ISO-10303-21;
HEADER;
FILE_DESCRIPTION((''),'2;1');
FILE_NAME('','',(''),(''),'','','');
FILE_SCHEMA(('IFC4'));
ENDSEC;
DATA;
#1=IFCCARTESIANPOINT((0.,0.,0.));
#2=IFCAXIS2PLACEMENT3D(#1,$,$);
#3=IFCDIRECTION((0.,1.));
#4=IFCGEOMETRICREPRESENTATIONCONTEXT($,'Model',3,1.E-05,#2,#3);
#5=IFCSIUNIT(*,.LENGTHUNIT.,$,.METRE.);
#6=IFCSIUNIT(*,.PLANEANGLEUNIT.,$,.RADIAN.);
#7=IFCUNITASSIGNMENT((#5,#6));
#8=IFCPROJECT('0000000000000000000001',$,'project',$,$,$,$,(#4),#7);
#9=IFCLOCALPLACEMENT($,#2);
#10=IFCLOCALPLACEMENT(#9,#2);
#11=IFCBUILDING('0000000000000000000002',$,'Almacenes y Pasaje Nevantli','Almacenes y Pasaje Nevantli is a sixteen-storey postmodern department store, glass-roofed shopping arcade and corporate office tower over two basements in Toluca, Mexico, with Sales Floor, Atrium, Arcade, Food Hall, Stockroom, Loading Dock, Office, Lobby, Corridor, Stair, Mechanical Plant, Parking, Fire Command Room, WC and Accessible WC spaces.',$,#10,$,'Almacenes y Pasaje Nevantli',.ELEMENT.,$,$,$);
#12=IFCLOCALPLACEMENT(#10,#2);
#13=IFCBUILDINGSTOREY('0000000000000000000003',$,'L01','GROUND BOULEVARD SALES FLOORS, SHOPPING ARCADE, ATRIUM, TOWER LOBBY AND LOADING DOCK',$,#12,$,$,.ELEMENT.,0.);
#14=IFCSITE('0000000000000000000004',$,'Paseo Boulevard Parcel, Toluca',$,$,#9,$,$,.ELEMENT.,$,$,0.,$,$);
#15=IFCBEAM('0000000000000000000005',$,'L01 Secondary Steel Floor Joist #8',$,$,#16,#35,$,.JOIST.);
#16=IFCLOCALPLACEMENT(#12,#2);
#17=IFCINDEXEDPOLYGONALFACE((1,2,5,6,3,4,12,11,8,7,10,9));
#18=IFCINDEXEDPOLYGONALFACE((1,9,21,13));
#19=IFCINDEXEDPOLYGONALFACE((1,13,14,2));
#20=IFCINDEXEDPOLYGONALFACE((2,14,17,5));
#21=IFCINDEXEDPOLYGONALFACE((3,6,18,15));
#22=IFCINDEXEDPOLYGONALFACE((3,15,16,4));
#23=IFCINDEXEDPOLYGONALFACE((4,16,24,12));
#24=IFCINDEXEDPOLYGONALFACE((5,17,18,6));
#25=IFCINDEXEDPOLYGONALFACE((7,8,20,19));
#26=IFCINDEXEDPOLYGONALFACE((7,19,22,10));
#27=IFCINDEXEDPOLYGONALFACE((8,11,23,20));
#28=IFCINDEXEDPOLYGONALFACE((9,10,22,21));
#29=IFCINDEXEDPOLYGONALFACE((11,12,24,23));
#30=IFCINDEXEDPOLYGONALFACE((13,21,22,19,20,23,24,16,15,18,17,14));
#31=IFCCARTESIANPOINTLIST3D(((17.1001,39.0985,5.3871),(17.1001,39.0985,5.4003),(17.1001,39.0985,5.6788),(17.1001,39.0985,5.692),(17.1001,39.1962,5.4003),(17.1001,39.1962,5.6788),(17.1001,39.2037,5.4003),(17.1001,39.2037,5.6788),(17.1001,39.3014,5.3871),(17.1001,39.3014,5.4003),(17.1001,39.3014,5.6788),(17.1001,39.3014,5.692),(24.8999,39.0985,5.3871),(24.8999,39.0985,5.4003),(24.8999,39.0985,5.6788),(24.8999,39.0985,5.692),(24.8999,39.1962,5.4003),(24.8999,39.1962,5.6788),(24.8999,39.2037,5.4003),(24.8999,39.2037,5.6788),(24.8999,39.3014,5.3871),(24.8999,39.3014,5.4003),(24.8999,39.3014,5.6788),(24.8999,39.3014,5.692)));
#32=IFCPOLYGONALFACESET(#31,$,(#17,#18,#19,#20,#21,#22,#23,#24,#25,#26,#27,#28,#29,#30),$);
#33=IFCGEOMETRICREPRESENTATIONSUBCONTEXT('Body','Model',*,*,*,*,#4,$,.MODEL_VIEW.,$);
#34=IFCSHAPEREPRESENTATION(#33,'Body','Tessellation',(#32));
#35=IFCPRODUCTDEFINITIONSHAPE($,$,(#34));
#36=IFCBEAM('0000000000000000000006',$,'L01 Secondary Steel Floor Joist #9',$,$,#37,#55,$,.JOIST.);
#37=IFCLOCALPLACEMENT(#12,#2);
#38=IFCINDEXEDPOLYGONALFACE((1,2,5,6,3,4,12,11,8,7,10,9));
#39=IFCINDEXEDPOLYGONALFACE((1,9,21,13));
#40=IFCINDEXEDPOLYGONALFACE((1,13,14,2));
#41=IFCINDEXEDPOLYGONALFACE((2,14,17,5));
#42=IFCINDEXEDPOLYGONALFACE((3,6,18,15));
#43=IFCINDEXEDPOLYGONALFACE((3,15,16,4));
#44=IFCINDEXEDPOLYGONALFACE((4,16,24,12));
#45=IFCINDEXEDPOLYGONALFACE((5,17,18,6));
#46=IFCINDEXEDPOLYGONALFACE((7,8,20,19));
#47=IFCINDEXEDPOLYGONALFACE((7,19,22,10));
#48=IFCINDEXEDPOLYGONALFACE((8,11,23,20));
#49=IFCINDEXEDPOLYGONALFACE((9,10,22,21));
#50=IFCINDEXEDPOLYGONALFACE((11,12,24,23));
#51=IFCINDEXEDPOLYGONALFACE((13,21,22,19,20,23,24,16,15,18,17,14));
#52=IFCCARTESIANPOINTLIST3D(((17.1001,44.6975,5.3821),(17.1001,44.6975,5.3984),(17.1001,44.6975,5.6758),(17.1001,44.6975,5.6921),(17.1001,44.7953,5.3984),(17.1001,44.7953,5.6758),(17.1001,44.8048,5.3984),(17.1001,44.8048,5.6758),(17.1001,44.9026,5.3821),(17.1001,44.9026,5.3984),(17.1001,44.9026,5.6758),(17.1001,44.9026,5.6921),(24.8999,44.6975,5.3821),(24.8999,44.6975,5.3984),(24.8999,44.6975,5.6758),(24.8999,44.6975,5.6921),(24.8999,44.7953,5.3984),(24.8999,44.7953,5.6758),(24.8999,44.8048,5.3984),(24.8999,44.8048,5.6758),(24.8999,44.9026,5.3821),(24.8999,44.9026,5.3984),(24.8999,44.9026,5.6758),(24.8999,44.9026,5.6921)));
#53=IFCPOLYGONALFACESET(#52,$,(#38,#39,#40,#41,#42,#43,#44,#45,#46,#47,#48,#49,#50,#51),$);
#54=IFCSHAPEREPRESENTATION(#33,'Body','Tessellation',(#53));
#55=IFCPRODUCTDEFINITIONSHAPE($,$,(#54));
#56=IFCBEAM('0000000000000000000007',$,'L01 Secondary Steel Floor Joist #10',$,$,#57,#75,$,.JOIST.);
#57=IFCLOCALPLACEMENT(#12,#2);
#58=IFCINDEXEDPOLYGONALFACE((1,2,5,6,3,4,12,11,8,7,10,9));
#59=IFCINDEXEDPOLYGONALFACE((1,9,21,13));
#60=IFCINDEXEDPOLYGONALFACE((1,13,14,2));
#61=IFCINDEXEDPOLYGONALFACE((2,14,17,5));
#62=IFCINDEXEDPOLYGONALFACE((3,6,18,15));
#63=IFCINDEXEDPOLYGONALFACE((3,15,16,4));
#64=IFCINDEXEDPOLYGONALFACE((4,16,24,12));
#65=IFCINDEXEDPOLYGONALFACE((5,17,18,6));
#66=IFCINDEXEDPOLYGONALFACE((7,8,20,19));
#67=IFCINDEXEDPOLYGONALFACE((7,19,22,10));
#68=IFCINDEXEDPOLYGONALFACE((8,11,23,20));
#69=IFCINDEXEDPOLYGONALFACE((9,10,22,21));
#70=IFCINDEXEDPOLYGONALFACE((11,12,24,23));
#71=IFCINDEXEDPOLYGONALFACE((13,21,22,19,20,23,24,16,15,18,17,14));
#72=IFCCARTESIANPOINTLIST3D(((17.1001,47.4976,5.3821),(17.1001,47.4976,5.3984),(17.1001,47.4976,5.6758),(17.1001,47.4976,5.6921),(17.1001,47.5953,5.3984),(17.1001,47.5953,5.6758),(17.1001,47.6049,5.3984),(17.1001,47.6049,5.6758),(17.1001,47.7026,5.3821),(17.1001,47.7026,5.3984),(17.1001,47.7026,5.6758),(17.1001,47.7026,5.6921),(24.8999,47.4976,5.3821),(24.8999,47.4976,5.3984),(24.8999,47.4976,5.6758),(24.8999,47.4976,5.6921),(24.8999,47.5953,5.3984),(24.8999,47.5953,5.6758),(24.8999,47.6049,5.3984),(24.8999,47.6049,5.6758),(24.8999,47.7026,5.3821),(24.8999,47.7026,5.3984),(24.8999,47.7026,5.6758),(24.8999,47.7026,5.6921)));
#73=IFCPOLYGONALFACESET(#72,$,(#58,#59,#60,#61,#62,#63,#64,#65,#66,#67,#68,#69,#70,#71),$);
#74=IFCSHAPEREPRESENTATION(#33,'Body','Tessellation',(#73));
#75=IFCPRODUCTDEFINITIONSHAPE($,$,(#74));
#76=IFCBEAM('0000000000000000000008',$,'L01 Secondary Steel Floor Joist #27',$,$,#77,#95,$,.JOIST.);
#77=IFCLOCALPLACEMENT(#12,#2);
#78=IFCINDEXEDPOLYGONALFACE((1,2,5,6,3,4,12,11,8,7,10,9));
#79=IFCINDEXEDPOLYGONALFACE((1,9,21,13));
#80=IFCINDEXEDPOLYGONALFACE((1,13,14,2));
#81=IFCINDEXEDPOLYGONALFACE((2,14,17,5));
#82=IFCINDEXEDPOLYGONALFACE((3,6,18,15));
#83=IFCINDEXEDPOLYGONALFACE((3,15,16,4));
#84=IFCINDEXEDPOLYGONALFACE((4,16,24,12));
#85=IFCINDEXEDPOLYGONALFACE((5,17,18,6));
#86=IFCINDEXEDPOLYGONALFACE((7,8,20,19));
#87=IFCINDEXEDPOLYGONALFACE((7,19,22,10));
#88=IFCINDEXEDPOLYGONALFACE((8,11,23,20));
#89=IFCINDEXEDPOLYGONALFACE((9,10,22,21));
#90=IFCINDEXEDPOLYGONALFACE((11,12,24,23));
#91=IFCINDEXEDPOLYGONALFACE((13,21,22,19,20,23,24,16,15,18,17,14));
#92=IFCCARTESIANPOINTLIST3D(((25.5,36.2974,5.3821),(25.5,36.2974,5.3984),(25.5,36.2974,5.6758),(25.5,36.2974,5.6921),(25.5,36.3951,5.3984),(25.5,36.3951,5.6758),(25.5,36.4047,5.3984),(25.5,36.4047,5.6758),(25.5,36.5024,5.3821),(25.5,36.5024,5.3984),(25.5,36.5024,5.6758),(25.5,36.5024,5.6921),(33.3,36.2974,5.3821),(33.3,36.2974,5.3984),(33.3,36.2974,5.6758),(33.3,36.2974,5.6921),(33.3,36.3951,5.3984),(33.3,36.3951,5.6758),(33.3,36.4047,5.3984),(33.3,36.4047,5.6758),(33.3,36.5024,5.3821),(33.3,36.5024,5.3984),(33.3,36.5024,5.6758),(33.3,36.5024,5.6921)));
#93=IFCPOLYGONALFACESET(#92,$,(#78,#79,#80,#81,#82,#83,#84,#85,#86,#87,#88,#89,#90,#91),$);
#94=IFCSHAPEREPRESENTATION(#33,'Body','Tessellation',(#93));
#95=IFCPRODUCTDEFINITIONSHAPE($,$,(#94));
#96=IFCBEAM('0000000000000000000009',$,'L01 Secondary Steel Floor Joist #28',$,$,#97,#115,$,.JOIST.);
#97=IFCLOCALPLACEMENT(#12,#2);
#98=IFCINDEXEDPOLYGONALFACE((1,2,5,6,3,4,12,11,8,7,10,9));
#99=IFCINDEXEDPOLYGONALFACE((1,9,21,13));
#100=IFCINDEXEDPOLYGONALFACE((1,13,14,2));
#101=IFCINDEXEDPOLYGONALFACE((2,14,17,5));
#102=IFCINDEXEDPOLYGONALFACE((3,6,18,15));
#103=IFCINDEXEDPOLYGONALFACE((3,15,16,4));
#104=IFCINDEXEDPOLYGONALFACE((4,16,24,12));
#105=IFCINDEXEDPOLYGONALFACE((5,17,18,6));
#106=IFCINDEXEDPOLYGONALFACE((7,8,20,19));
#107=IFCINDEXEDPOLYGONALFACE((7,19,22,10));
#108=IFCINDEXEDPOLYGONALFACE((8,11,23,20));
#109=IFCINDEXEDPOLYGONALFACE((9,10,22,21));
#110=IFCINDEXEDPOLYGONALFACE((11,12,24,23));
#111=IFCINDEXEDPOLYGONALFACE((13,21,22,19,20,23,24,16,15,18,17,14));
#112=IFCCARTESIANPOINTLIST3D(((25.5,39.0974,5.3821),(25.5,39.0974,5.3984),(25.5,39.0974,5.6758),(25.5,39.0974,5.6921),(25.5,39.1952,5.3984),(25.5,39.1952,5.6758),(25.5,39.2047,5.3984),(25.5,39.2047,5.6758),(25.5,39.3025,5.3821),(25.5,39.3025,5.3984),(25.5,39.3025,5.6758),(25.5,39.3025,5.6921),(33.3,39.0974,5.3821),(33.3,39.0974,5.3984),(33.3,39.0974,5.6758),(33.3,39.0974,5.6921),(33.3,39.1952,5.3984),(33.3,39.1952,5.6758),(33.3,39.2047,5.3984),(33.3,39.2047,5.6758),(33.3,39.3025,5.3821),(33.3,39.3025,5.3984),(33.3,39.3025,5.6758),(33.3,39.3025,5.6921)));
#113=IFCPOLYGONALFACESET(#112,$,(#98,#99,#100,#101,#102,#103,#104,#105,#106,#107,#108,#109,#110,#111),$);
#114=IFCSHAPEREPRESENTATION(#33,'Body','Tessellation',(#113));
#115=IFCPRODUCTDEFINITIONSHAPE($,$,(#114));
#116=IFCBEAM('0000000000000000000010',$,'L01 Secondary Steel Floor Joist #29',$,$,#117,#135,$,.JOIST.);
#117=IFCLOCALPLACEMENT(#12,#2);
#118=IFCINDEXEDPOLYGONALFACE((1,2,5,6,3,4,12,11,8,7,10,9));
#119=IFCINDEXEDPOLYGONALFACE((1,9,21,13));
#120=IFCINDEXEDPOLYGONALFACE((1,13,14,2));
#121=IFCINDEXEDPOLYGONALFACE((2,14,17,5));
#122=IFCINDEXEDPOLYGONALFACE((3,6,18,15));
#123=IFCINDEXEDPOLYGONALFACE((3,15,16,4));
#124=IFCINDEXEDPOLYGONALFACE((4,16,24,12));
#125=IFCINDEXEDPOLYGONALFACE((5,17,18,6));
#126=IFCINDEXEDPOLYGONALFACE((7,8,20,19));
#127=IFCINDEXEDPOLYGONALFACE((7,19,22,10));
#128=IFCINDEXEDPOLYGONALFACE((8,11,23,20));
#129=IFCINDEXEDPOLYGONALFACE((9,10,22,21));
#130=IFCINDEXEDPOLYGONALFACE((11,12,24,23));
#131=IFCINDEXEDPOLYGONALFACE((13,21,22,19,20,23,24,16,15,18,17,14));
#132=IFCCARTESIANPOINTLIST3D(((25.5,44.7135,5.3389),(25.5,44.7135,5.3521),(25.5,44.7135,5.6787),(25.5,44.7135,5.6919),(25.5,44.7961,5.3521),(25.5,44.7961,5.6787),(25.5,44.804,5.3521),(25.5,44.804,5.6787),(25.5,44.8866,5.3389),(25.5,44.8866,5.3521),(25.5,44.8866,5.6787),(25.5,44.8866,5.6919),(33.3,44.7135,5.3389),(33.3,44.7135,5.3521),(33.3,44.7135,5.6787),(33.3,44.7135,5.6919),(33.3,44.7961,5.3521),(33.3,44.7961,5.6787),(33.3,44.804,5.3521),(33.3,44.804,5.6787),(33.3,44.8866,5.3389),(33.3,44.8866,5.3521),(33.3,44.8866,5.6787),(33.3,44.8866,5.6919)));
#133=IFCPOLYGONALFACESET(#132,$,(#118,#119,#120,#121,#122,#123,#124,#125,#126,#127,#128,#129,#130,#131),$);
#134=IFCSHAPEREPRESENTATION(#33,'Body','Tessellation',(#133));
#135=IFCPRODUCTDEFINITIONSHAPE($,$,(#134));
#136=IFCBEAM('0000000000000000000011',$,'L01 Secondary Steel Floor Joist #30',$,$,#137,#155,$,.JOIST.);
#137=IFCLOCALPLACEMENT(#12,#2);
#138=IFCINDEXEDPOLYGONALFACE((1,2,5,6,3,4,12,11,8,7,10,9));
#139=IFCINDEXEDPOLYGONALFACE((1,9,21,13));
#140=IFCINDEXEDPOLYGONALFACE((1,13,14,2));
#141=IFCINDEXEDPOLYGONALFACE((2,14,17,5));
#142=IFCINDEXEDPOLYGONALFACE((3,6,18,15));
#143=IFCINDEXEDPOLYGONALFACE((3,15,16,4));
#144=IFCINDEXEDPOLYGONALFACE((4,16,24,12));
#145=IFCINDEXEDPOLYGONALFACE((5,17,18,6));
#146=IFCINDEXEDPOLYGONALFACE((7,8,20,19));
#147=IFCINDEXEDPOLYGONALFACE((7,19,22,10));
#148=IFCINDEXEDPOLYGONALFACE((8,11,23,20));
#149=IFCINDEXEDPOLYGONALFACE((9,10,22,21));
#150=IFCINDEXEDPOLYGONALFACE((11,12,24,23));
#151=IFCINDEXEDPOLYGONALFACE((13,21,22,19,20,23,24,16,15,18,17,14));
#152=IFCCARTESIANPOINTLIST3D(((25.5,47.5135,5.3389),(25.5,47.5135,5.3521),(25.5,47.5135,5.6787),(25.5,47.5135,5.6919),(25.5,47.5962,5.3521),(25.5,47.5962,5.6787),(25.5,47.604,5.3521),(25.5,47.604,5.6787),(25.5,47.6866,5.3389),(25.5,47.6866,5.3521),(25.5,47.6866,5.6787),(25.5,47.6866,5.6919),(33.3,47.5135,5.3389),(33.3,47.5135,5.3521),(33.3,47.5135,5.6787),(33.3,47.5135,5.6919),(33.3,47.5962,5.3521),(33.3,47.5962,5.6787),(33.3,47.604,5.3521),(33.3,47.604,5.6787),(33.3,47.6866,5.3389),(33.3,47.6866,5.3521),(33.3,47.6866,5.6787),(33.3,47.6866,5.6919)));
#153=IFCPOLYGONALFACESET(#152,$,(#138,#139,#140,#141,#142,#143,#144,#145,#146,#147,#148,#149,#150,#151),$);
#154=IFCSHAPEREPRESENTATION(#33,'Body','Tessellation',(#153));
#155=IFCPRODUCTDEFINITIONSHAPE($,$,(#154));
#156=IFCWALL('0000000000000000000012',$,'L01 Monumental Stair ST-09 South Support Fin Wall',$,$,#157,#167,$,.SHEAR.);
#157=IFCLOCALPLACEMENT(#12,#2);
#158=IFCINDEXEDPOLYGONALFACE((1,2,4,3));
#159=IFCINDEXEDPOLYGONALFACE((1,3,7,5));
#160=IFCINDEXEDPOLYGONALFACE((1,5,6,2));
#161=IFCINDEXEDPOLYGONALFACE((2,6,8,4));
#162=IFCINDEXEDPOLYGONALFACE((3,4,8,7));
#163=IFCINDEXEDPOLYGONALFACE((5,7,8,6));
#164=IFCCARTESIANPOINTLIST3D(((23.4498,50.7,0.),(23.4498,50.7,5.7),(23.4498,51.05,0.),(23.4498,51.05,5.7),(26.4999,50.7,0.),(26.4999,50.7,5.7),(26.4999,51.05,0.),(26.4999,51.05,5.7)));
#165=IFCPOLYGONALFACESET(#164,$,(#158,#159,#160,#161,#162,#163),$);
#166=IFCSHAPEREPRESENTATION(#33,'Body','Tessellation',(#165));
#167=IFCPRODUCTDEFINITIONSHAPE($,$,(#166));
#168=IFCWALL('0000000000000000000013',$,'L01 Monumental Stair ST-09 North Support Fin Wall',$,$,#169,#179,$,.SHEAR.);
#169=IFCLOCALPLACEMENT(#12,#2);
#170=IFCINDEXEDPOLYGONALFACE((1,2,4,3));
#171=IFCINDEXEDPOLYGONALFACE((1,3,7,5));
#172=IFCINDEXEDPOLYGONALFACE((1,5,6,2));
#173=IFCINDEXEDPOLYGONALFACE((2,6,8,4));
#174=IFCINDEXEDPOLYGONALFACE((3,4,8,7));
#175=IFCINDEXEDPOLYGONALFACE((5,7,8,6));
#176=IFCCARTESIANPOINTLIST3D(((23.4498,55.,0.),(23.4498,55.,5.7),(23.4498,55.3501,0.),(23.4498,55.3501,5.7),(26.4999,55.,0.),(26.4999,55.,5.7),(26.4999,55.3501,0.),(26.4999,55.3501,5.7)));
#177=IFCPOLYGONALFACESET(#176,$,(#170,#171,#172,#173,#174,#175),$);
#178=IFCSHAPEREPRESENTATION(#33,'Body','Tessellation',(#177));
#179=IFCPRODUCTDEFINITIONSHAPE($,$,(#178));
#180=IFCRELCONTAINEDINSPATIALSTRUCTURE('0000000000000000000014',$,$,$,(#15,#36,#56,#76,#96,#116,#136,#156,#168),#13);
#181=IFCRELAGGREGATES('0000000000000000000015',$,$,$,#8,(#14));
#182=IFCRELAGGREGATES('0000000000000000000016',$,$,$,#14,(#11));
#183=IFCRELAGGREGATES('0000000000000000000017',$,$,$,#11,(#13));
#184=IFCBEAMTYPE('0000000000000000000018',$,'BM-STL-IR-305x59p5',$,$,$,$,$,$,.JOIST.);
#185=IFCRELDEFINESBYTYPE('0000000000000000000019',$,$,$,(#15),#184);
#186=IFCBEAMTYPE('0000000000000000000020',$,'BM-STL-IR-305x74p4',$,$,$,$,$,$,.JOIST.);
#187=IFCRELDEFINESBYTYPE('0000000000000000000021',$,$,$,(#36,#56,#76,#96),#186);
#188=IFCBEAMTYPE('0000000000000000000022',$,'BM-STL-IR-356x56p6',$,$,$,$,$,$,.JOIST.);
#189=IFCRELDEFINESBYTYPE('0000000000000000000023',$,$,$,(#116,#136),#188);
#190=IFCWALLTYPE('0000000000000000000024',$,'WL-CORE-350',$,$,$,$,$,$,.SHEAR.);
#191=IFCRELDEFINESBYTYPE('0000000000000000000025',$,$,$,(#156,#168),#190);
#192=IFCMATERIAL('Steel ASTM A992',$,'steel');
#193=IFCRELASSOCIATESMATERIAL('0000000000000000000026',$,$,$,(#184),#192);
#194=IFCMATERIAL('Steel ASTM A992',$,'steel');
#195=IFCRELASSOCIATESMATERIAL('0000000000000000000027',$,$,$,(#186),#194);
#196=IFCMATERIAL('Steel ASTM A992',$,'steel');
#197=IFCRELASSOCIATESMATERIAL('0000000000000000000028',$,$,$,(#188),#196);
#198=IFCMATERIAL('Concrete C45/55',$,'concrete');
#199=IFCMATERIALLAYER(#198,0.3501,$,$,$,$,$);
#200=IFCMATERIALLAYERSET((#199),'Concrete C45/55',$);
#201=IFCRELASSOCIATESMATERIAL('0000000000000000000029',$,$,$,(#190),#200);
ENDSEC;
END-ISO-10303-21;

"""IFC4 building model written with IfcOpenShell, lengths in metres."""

from ifc_helpers import new_model, si_unit, direction, frame, frame_2d, origin, origin_2d, place, context, subcontext, project, spatial, rectangle, i_section, extrude, material, layer, layer_set, material_profile, profile_set, type_object, element, save


model = new_model("IFC4")

# Units and contexts
model_context = context("Model", 3, precision=1e-05, world=origin(), true_north=direction((0.0, 1.0)))
body_context = subcontext(model_context, "Body", "Model", "MODEL_VIEW")
ifc_project = project(units=[si_unit("LENGTHUNIT", "METRE"), si_unit("PLANEANGLEUNIT", "RADIAN")], contexts=[model_context])

# Site, building, storey
site_placement = place(None, origin())
site = spatial("IfcSite", under=ifc_project, at=site_placement, Name="Paseo Boulevard Parcel, Toluca", CompositionType="ELEMENT", RefElevation=0.0)
building_placement = place(site_placement, origin())
building = spatial("IfcBuilding", under=site, at=building_placement, Name="Almacenes y Pasaje Nevantli", Description="Almacenes y Pasaje Nevantli is a sixteen-storey postmodern department store, glass-roofed shopping arcade and corporate office tower over two basements in Toluca, Mexico, with Sales Floor, Atrium, Arcade, Food Hall, Stockroom, Loading Dock, Office, Lobby, Corridor, Stair, Mechanical Plant, Parking, Fire Command Room, WC and Accessible WC spaces.", LongName="Almacenes y Pasaje Nevantli", CompositionType="ELEMENT")
storey_placement = place(building_placement, origin())
storey = spatial("IfcBuildingStorey", under=building, at=storey_placement, Name="L01", Description="GROUND BOULEVARD SALES FLOORS, SHOPPING ARCADE, ATRIUM, TOWER LOBBY AND LOADING DOCK", CompositionType="ELEMENT", Elevation=0.0)

# Beams
ifc_material_1 = material(Name="Steel ASTM A992", Category="steel")
ifc_material_profile_1 = material_profile(ifc_material_1, i_section(OverallWidth=0.2029, OverallDepth=0.3049, WebThickness=0.0076, FlangeThickness=0.0132, at=origin_2d()), Name="IR 305x59.5")
ifc_profile_set_1 = profile_set([ifc_material_profile_1], Name="Steel ASTM A992")
beam_type_1 = type_object("IfcBeamType", Name="BM-STL-IR-305x59p5", PredefinedType="JOIST", material=ifc_profile_set_1)
for number, where, z_axis, x_axis, name in (
    (1, (17.1001, 39.2, 5.5396), (1.0, 0.0, 0.0), (0.0, 1.0, 0.0), "L01 Secondary Steel Floor Joist #8"),
):
    element("IfcBeam", number, at=place(storey_placement, frame(where, z_axis=z_axis, x_axis=x_axis)), inside=storey, type_object=beam_type_1, Name=name, PredefinedType="JOIST", context=body_context, shape_type="SweptSolid", body=[
        extrude(i_section(OverallWidth=0.2029, OverallDepth=0.3049, WebThickness=0.0076, FlangeThickness=0.0132, at=origin_2d()), origin(), (0.0, 0.0, 1.0), 7.7998),
    ])
ifc_material_2 = material(Name="Steel ASTM A992", Category="steel")
ifc_material_profile_2 = material_profile(ifc_material_2, i_section(OverallWidth=0.2051, OverallDepth=0.3101, WebThickness=0.0095, FlangeThickness=0.0164, at=origin_2d()), Name="IR 305x74.4")
ifc_profile_set_2 = profile_set([ifc_material_profile_2], Name="Steel ASTM A992")
beam_type_2 = type_object("IfcBeamType", Name="BM-STL-IR-305x74p4", PredefinedType="JOIST", material=ifc_profile_set_2)
for number, where, z_axis, x_axis, name in (
    (2, (17.1001, 44.8, 5.5371), (1.0, 0.0, 0.0), (0.0, 1.0, 0.0), "L01 Secondary Steel Floor Joist #9"),
    (3, (17.1001, 47.6001, 5.5371), (1.0, 0.0, 0.0), (0.0, 1.0, 0.0), "L01 Secondary Steel Floor Joist #10"),
):
    element("IfcBeam", number, at=place(storey_placement, frame(where, z_axis=z_axis, x_axis=x_axis)), inside=storey, type_object=beam_type_2, Name=name, PredefinedType="JOIST", context=body_context, shape_type="SweptSolid", body=[
        extrude(i_section(OverallWidth=0.2051, OverallDepth=0.3101, WebThickness=0.0095, FlangeThickness=0.0164, at=origin_2d()), origin(), (0.0, 0.0, 1.0), 7.7998),
    ])
for number, where, z_axis, x_axis, name in (
    (4, (25.5, 36.3999, 5.5371), (1.0, 0.0, 0.0), (0.0, 1.0, 0.0), "L01 Secondary Steel Floor Joist #27"),
    (5, (25.5, 39.2, 5.5371), (1.0, 0.0, 0.0), (0.0, 1.0, 0.0), "L01 Secondary Steel Floor Joist #28"),
):
    element("IfcBeam", number, at=place(storey_placement, frame(where, z_axis=z_axis, x_axis=x_axis)), inside=storey, type_object=beam_type_2, Name=name, PredefinedType="JOIST", context=body_context, shape_type="SweptSolid", body=[
        extrude(i_section(OverallWidth=0.2051, OverallDepth=0.3101, WebThickness=0.0095, FlangeThickness=0.0164, at=origin_2d()), origin(), (0.0, 0.0, 1.0), 7.8),
    ])
ifc_material_3 = material(Name="Steel ASTM A992", Category="steel")
ifc_material_profile_3 = material_profile(ifc_material_3, i_section(OverallWidth=0.1731, OverallDepth=0.353, WebThickness=0.0078, FlangeThickness=0.0132, at=origin_2d()), Name="IR 356x56.6")
ifc_profile_set_3 = profile_set([ifc_material_profile_3], Name="Steel ASTM A992")
beam_type_3 = type_object("IfcBeamType", Name="BM-STL-IR-356x56p6", PredefinedType="JOIST", material=ifc_profile_set_3)
for number, where, z_axis, x_axis, name in (
    (6, (25.5, 44.8, 5.5154), (1.0, 0.0, 0.0), (0.0, 1.0, 0.0), "L01 Secondary Steel Floor Joist #29"),
    (7, (25.5, 47.6001, 5.5154), (1.0, 0.0, 0.0), (0.0, 1.0, 0.0), "L01 Secondary Steel Floor Joist #30"),
):
    element("IfcBeam", number, at=place(storey_placement, frame(where, z_axis=z_axis, x_axis=x_axis)), inside=storey, type_object=beam_type_3, Name=name, PredefinedType="JOIST", context=body_context, shape_type="SweptSolid", body=[
        extrude(i_section(OverallWidth=0.1731, OverallDepth=0.353, WebThickness=0.0078, FlangeThickness=0.0132, at=origin_2d()), origin(), (0.0, 0.0, 1.0), 7.8),
    ])

# Walls
ifc_material_4 = material(Name="Concrete C45/55", Category="concrete")
ifc_layer_1 = layer(ifc_material_4, 0.3501)
ifc_layer_set_1 = layer_set([ifc_layer_1], Name="Concrete C45/55")
wall_type = type_object("IfcWallType", Name="WL-CORE-350", PredefinedType="SHEAR", material=ifc_layer_set_1)
for number, where, z_axis, x_axis, name in (
    (8, (23.45, 50.875, 0.0), (0.0, 0.0, 1.0), (1.0, 0.0, 0.0), "L01 Monumental Stair ST-09 South Support Fin Wall"),
    (9, (23.45, 55.175, 0.0), (0.0, 0.0, 1.0), (1.0, 0.0, 0.0), "L01 Monumental Stair ST-09 North Support Fin Wall"),
):
    element("IfcWall", number, at=place(storey_placement, frame(where, z_axis=z_axis, x_axis=x_axis)), inside=storey, type_object=wall_type, Name=name, PredefinedType="SHEAR", context=body_context, shape_type="SweptSolid", body=[
        extrude(rectangle(XDim=3.05, YDim=0.3501, at=frame_2d((1.5249, 0.0))), origin(), (0.0, 0.0, 1.0), 5.7),
    ])

save(model, "model.ifc")
